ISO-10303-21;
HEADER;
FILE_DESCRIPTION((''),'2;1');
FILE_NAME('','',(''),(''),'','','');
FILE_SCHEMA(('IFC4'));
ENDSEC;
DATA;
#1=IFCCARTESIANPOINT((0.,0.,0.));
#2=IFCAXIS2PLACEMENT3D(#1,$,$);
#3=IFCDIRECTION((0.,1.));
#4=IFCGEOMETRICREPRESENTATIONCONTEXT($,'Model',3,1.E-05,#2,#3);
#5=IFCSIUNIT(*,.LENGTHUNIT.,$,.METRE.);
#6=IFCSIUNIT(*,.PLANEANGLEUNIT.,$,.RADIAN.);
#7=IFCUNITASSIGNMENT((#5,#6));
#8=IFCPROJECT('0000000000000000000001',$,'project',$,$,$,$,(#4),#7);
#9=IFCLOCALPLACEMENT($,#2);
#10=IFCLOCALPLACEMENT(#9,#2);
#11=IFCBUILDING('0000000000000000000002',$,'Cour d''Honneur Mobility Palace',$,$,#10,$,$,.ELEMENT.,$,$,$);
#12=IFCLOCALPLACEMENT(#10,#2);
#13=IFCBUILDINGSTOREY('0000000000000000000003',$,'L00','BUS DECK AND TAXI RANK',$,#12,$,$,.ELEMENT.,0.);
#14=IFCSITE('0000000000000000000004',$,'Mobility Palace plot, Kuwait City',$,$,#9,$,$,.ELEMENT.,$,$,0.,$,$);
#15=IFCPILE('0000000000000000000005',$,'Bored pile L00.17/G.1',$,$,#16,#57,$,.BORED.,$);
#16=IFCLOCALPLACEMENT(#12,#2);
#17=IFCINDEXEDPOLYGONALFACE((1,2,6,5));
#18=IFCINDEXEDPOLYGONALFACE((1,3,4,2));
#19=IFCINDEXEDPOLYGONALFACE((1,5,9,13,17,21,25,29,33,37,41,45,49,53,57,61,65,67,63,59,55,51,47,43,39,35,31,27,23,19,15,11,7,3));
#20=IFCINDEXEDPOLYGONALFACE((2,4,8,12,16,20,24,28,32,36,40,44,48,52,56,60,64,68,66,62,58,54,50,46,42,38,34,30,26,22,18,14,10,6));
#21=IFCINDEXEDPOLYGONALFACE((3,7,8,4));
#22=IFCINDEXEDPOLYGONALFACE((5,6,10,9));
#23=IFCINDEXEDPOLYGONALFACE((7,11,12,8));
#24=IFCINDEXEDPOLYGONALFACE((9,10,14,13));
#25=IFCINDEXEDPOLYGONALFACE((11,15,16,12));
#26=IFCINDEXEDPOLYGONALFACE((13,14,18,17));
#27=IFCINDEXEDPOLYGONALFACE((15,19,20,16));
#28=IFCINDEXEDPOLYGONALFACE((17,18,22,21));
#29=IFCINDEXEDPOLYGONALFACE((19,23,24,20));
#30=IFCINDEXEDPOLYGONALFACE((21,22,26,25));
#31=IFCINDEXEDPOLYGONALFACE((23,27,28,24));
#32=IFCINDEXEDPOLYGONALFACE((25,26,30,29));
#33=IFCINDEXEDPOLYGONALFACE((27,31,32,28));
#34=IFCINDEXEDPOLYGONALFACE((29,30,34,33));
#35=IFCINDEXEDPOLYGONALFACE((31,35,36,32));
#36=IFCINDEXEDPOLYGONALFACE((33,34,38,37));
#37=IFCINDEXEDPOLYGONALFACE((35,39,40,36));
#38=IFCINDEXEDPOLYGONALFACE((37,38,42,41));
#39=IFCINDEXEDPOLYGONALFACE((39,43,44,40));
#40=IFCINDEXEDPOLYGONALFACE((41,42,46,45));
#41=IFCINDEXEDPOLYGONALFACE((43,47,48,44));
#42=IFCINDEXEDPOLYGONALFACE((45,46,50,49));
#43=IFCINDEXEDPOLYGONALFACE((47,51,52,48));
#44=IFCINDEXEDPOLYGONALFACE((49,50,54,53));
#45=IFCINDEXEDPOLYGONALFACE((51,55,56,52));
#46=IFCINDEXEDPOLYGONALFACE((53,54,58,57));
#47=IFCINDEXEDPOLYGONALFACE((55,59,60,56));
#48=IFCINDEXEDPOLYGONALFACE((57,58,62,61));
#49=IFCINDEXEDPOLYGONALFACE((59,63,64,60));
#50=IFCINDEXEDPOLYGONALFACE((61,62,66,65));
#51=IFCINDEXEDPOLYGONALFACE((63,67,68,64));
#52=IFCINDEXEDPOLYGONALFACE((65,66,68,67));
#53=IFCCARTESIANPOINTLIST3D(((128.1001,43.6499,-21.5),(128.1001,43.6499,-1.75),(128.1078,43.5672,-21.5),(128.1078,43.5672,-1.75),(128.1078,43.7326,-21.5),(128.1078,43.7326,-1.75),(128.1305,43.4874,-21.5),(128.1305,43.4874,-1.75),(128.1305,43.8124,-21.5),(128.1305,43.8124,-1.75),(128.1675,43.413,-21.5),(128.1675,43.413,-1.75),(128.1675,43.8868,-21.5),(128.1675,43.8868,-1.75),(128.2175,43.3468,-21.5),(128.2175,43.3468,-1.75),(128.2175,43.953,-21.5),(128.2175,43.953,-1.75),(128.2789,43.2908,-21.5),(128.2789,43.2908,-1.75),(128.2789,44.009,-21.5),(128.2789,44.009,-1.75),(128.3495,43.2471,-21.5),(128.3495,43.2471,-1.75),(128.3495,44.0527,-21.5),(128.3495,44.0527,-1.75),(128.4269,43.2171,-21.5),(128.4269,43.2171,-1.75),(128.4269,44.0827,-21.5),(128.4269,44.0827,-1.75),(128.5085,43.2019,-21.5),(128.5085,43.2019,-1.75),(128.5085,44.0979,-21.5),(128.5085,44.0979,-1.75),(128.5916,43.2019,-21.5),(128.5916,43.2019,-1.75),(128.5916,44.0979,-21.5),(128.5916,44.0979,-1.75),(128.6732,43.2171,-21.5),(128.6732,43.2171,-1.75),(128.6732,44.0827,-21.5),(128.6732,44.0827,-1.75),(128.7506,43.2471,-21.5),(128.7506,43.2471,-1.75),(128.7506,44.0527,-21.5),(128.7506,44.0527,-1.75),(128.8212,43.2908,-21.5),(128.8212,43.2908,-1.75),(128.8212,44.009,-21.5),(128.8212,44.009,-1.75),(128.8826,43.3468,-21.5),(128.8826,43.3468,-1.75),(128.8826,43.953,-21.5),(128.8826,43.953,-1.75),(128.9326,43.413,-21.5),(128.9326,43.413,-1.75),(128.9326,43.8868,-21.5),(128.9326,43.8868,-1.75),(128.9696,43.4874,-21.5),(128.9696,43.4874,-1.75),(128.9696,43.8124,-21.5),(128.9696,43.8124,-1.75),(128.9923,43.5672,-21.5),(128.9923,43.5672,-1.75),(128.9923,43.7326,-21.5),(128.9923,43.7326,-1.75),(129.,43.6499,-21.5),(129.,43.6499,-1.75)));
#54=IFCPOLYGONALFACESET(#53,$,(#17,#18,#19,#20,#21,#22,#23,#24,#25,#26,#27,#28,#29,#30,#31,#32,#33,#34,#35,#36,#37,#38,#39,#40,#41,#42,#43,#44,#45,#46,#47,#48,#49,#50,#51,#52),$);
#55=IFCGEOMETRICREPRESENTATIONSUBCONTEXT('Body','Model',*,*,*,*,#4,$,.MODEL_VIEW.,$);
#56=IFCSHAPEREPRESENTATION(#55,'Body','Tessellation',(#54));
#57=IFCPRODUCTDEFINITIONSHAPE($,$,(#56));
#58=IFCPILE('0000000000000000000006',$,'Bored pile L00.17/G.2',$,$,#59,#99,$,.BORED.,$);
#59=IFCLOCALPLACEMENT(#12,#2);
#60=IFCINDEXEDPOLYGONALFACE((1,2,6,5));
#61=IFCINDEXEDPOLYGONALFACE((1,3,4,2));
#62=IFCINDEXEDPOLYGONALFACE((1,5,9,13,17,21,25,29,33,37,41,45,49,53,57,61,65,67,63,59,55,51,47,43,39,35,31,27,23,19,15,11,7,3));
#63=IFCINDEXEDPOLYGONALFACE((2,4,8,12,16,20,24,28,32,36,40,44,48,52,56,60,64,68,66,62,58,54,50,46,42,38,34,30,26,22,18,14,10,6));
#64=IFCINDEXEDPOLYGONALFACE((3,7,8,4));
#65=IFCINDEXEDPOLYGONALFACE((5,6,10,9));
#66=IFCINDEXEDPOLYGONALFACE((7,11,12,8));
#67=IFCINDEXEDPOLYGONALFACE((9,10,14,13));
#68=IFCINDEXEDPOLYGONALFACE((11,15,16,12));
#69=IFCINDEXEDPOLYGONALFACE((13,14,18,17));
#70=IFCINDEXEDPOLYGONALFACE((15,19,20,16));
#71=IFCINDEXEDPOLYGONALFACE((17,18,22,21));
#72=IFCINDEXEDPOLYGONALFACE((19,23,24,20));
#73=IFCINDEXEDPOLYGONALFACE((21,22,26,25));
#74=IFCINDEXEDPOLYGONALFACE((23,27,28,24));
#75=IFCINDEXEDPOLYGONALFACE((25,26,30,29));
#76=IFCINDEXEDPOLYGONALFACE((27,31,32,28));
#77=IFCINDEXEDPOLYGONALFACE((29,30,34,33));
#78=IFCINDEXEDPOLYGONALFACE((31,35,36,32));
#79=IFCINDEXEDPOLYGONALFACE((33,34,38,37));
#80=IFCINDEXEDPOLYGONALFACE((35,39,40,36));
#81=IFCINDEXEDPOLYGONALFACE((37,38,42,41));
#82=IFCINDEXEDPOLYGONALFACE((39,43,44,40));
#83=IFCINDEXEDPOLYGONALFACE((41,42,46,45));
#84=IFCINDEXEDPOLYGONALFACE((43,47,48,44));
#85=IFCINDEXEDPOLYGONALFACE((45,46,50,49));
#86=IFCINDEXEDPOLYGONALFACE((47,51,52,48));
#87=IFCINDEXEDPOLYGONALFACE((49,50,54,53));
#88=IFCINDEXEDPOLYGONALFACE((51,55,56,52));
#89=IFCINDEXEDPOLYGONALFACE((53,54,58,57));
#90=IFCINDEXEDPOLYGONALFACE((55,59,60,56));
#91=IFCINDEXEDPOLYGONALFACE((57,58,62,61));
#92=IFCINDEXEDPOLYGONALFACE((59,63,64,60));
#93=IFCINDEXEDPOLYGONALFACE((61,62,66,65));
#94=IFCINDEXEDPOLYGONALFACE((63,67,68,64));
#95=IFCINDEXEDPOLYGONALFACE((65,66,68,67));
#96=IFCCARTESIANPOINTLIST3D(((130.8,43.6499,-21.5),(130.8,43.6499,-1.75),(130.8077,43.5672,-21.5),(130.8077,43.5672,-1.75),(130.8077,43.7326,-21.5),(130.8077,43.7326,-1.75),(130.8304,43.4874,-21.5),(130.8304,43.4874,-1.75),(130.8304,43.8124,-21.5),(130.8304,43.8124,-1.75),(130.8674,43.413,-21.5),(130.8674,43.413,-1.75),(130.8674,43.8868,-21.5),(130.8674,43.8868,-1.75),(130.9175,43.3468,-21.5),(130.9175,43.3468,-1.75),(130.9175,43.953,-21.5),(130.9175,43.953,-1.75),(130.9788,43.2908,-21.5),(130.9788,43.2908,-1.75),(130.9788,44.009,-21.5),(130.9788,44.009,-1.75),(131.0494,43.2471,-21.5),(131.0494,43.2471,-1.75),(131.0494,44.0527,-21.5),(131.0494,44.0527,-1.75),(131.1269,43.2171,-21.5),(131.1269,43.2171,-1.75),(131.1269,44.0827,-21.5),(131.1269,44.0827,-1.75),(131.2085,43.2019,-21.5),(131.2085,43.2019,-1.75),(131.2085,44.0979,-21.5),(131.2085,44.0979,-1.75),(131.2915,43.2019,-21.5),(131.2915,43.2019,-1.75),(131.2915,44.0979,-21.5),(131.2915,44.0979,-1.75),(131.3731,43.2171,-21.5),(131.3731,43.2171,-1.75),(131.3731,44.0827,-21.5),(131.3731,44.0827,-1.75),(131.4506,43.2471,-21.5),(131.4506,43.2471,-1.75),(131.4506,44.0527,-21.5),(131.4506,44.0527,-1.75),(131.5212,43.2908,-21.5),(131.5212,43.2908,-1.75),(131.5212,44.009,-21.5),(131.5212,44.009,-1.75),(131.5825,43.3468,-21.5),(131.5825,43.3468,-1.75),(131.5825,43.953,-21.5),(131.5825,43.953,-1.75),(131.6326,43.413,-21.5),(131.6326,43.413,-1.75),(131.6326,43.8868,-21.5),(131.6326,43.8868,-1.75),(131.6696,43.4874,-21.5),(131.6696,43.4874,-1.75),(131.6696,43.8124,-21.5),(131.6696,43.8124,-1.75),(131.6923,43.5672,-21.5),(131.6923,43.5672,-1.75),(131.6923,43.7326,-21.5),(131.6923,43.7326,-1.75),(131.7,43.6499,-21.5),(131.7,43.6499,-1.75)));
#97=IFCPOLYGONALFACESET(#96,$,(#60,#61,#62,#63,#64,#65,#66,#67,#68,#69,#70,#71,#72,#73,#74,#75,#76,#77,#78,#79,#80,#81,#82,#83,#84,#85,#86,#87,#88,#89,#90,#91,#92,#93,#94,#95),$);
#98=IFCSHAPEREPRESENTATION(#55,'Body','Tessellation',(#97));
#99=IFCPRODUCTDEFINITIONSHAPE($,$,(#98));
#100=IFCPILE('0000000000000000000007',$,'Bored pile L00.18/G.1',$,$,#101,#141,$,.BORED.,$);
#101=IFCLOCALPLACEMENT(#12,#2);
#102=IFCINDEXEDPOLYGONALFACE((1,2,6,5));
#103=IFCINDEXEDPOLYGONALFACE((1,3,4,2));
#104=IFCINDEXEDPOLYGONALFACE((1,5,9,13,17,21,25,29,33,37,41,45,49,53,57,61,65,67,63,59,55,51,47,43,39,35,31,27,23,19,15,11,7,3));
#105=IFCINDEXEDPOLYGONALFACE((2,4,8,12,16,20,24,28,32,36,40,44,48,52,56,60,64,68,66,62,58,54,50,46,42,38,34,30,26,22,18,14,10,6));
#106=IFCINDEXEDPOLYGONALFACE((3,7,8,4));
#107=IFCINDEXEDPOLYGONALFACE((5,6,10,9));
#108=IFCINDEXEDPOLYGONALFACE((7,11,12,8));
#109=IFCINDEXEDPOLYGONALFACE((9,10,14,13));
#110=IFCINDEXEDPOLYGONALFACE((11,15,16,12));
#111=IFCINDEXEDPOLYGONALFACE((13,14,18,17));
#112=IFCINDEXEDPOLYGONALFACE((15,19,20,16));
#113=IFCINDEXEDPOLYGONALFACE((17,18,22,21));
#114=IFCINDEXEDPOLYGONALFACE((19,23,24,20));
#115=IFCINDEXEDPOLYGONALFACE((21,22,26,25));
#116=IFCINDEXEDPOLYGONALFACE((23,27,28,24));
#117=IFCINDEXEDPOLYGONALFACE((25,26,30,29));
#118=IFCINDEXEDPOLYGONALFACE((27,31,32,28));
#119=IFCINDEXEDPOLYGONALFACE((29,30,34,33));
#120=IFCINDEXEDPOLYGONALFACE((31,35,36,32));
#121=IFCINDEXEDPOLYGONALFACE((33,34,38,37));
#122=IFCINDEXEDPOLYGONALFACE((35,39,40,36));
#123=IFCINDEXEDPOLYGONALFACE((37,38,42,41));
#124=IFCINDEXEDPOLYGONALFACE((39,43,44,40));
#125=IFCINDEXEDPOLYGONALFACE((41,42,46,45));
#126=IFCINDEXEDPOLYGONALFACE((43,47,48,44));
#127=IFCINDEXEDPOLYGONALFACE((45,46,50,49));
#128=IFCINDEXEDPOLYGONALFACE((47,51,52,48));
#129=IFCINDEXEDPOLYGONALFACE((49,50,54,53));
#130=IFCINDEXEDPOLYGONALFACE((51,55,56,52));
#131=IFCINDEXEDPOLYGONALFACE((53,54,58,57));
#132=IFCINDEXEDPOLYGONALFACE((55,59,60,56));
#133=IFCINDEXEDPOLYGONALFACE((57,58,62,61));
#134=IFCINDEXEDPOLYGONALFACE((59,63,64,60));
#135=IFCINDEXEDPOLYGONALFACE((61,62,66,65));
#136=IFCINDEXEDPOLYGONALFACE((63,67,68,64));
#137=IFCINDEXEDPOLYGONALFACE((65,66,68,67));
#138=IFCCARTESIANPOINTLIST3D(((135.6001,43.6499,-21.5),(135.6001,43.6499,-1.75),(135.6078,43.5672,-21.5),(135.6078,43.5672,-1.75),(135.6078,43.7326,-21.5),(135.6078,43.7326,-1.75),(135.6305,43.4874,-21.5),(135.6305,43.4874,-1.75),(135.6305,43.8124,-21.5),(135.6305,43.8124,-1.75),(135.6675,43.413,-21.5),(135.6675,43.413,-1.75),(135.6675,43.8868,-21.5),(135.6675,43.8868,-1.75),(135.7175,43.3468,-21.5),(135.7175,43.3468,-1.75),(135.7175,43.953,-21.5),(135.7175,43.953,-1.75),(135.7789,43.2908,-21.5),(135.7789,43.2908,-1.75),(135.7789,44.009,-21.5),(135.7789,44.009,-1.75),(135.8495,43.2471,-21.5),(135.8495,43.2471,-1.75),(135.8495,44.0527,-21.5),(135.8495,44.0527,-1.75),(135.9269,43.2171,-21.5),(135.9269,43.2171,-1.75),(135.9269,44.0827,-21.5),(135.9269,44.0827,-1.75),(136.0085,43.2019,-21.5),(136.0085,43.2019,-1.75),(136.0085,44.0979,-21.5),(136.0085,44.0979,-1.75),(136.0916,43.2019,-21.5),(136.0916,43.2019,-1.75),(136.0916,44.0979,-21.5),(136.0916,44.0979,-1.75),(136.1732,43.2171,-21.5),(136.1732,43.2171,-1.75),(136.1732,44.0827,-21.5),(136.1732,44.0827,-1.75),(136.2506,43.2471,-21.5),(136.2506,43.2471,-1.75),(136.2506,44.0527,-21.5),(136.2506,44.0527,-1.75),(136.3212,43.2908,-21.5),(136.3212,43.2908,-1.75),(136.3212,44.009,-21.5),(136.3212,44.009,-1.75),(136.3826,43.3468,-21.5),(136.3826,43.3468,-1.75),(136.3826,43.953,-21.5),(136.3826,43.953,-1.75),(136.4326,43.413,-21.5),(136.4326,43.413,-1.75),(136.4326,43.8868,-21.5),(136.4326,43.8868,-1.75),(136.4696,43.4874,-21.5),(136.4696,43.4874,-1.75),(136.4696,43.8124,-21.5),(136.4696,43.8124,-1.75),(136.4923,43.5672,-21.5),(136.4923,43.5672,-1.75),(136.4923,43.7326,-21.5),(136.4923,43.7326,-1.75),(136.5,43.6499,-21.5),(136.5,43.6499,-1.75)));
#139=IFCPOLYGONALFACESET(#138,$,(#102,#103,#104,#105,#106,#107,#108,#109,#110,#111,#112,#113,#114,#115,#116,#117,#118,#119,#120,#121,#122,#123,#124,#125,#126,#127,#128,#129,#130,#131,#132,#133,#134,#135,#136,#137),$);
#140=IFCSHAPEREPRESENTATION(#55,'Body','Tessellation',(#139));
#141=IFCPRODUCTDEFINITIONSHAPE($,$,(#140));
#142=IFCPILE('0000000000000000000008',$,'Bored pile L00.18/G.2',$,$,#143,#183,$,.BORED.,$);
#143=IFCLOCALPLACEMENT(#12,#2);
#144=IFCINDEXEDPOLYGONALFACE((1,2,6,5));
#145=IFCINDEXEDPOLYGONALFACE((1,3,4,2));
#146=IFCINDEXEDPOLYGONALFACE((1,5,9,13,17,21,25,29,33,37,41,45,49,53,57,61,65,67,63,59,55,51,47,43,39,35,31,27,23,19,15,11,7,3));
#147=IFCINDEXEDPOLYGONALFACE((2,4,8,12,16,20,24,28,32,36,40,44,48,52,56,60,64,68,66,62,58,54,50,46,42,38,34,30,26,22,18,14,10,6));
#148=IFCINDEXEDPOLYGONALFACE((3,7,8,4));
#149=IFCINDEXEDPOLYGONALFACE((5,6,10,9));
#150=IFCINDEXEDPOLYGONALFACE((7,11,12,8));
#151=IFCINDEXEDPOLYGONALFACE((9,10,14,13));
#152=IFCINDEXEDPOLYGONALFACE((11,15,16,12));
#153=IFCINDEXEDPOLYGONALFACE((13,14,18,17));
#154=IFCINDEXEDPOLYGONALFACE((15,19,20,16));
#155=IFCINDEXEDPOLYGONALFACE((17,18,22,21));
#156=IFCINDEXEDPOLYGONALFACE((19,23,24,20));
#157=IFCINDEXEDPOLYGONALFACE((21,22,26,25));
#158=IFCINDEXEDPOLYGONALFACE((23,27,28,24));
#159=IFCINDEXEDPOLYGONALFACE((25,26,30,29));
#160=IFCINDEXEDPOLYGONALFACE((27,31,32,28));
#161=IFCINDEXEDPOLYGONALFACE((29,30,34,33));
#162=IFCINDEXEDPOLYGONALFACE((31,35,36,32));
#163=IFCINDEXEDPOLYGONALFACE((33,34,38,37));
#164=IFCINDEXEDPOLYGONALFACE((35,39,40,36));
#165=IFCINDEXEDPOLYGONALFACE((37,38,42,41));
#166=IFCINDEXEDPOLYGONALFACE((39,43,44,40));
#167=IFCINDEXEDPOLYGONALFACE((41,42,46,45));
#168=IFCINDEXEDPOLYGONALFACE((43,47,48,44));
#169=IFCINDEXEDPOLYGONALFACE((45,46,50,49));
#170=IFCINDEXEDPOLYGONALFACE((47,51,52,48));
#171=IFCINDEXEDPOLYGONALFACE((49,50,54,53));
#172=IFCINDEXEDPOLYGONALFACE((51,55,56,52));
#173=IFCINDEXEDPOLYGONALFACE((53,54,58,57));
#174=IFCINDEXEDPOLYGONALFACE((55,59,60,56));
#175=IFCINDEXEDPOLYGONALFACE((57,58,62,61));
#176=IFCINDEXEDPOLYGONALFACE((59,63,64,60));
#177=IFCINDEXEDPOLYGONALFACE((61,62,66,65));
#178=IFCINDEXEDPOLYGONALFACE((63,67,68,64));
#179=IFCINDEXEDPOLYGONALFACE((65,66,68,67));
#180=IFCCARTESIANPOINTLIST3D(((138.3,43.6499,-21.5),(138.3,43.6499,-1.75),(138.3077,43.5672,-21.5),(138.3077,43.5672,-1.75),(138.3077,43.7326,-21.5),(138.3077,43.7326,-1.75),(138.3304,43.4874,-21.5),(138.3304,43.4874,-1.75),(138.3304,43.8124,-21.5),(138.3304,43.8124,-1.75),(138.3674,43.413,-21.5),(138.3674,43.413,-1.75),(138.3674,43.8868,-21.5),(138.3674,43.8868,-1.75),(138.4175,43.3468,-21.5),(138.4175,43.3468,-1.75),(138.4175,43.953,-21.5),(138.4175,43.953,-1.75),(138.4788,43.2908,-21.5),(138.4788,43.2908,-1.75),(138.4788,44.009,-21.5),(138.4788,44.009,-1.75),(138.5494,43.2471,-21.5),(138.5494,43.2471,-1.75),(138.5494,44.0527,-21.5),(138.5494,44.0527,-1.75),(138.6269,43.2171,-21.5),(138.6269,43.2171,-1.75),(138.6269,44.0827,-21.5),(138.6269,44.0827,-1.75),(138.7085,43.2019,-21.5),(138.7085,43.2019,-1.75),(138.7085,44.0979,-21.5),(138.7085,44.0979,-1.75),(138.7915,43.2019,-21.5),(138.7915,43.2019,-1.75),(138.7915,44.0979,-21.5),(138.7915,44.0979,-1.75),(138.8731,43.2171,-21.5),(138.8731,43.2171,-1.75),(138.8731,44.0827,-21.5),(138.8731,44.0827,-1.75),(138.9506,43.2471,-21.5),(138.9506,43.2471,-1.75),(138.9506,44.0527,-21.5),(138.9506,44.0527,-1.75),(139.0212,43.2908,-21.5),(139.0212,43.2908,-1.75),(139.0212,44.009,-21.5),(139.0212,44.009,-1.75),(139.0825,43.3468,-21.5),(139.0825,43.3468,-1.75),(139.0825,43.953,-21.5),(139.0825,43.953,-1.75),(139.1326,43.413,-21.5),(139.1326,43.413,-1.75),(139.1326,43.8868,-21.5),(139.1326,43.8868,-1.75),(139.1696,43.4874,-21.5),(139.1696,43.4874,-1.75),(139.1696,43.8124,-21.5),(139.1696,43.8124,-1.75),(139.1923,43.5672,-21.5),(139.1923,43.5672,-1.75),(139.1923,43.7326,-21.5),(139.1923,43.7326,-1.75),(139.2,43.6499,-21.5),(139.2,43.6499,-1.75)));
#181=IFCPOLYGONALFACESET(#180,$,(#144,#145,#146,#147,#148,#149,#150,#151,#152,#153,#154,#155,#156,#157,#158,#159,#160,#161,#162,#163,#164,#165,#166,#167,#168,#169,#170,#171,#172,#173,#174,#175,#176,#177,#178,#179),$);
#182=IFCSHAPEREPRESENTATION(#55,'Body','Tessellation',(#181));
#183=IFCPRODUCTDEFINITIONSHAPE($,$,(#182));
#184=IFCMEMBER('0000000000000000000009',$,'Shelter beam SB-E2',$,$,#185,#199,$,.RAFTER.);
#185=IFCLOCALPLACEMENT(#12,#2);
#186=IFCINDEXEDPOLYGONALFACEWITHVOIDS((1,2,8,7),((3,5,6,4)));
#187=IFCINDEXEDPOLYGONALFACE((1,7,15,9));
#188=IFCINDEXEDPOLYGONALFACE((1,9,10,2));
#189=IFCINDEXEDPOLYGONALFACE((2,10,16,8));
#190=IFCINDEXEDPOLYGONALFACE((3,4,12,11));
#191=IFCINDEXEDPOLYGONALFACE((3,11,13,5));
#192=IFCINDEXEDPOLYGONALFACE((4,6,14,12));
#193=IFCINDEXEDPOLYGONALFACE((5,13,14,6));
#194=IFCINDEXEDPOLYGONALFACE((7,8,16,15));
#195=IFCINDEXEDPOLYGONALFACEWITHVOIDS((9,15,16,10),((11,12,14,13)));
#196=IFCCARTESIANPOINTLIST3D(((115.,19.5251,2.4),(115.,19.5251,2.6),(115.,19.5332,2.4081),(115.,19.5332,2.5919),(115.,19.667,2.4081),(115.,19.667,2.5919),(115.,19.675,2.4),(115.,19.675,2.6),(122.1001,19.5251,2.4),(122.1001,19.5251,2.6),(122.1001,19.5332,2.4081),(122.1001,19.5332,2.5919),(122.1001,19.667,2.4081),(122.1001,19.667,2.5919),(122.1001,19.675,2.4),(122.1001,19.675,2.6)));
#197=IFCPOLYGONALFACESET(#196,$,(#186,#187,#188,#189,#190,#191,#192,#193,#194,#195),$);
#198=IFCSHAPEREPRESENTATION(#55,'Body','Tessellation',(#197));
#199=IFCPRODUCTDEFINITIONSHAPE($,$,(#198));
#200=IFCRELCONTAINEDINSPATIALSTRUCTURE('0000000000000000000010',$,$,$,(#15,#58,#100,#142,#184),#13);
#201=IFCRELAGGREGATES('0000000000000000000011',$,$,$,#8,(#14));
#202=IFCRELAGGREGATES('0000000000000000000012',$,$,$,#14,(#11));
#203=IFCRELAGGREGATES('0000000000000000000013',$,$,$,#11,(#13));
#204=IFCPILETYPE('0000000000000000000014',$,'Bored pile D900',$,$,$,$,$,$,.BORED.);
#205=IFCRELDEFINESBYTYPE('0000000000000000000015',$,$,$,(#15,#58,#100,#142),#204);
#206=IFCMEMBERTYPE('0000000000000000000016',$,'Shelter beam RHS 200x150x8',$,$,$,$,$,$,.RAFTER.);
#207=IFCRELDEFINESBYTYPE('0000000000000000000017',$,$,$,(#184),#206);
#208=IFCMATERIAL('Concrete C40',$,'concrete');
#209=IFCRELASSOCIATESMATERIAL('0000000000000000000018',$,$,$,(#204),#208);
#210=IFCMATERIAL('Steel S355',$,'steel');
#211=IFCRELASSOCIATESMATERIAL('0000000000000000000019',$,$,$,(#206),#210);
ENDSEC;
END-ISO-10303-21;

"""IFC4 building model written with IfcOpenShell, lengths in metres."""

from ifc_helpers import new_model, si_unit, direction, frame, origin, origin_2d, place, context, subcontext, project, spatial, hollow_rectangle, circle, extrude, material, material_profile, profile_set, type_object, element, save


model = new_model("IFC4")

# Units and contexts
model_context = context("Model", 3, precision=1e-05, world=origin(), true_north=direction((0.0, 1.0)))
body_context = subcontext(model_context, "Body", "Model", "MODEL_VIEW")
ifc_project = project(units=[si_unit("LENGTHUNIT", "METRE"), si_unit("PLANEANGLEUNIT", "RADIAN")], contexts=[model_context])

# Site, building, storey
site_placement = place(None, origin())
site = spatial("IfcSite", under=ifc_project, at=site_placement, Name="Mobility Palace plot, Kuwait City", CompositionType="ELEMENT", RefElevation=0.0)
building_placement = place(site_placement, origin())
building = spatial("IfcBuilding", under=site, at=building_placement, Name="Cour d'Honneur Mobility Palace", CompositionType="ELEMENT")
storey_placement = place(building_placement, origin())
storey = spatial("IfcBuildingStorey", under=building, at=storey_placement, Name="L00", Description="BUS DECK AND TAXI RANK", CompositionType="ELEMENT", Elevation=0.0)

# Piles
ifc_material_1 = material(Name="Concrete C40", Category="concrete")
ifc_material_profile_1 = material_profile(ifc_material_1, circle(Radius=0.45, at=origin_2d()), Name="Bored pile D900")
ifc_profile_set_1 = profile_set([ifc_material_profile_1], Name="Concrete C40")
pile_type = type_object("IfcPileType", Name="Bored pile D900", PredefinedType="BORED", material=ifc_profile_set_1)
for number, where, z_axis, x_axis, name in (
    (1, (128.55, 43.6499, -1.75), (0.0, 0.0, -1.0), (1.0, 0.0, 0.0), "Bored pile L00.17/G.1"),
    (2, (131.25, 43.6499, -1.75), (0.0, 0.0, -1.0), (1.0, 0.0, 0.0), "Bored pile L00.17/G.2"),
    (3, (136.05, 43.6499, -1.75), (0.0, 0.0, -1.0), (1.0, 0.0, 0.0), "Bored pile L00.18/G.1"),
    (4, (138.75, 43.6499, -1.75), (0.0, 0.0, -1.0), (1.0, 0.0, 0.0), "Bored pile L00.18/G.2"),
):
    element("IfcPile", number, at=place(storey_placement, frame(where, z_axis=z_axis, x_axis=x_axis)), inside=storey, type_object=pile_type, Name=name, PredefinedType="BORED", context=body_context, shape_type="SweptSolid", body=[
        extrude(circle(Radius=0.45, at=origin_2d()), origin(), (0.0, 0.0, 1.0), 19.75),
    ])

# Member
ifc_material_2 = material(Name="Steel S355", Category="steel")
ifc_material_profile_2 = material_profile(ifc_material_2, hollow_rectangle(XDim=0.1499, YDim=0.2, WallThickness=0.0081, at=origin_2d()), Name="RHS 200x150x8")
ifc_profile_set_2 = profile_set([ifc_material_profile_2], Name="Steel S355")
member_type_1 = type_object("IfcMemberType", Name="Shelter beam RHS 200x150x8", PredefinedType="RAFTER", material=ifc_profile_set_2)
member_placement = place(storey_placement, frame((115.0, 19.6001, 2.5), z_axis=(1.0, 0.0, 0.0), x_axis=(0.0, 1.0, 0.0)))
element("IfcMember", 5, at=member_placement, inside=storey, type_object=member_type_1, Name="Shelter beam SB-E2", PredefinedType="RAFTER", context=body_context, shape_type="SweptSolid", body=[
    extrude(hollow_rectangle(XDim=0.1499, YDim=0.2, WallThickness=0.0081, at=origin_2d()), origin(), (0.0, 0.0, 1.0), 7.1001),
])

save(model, "model.ifc")
